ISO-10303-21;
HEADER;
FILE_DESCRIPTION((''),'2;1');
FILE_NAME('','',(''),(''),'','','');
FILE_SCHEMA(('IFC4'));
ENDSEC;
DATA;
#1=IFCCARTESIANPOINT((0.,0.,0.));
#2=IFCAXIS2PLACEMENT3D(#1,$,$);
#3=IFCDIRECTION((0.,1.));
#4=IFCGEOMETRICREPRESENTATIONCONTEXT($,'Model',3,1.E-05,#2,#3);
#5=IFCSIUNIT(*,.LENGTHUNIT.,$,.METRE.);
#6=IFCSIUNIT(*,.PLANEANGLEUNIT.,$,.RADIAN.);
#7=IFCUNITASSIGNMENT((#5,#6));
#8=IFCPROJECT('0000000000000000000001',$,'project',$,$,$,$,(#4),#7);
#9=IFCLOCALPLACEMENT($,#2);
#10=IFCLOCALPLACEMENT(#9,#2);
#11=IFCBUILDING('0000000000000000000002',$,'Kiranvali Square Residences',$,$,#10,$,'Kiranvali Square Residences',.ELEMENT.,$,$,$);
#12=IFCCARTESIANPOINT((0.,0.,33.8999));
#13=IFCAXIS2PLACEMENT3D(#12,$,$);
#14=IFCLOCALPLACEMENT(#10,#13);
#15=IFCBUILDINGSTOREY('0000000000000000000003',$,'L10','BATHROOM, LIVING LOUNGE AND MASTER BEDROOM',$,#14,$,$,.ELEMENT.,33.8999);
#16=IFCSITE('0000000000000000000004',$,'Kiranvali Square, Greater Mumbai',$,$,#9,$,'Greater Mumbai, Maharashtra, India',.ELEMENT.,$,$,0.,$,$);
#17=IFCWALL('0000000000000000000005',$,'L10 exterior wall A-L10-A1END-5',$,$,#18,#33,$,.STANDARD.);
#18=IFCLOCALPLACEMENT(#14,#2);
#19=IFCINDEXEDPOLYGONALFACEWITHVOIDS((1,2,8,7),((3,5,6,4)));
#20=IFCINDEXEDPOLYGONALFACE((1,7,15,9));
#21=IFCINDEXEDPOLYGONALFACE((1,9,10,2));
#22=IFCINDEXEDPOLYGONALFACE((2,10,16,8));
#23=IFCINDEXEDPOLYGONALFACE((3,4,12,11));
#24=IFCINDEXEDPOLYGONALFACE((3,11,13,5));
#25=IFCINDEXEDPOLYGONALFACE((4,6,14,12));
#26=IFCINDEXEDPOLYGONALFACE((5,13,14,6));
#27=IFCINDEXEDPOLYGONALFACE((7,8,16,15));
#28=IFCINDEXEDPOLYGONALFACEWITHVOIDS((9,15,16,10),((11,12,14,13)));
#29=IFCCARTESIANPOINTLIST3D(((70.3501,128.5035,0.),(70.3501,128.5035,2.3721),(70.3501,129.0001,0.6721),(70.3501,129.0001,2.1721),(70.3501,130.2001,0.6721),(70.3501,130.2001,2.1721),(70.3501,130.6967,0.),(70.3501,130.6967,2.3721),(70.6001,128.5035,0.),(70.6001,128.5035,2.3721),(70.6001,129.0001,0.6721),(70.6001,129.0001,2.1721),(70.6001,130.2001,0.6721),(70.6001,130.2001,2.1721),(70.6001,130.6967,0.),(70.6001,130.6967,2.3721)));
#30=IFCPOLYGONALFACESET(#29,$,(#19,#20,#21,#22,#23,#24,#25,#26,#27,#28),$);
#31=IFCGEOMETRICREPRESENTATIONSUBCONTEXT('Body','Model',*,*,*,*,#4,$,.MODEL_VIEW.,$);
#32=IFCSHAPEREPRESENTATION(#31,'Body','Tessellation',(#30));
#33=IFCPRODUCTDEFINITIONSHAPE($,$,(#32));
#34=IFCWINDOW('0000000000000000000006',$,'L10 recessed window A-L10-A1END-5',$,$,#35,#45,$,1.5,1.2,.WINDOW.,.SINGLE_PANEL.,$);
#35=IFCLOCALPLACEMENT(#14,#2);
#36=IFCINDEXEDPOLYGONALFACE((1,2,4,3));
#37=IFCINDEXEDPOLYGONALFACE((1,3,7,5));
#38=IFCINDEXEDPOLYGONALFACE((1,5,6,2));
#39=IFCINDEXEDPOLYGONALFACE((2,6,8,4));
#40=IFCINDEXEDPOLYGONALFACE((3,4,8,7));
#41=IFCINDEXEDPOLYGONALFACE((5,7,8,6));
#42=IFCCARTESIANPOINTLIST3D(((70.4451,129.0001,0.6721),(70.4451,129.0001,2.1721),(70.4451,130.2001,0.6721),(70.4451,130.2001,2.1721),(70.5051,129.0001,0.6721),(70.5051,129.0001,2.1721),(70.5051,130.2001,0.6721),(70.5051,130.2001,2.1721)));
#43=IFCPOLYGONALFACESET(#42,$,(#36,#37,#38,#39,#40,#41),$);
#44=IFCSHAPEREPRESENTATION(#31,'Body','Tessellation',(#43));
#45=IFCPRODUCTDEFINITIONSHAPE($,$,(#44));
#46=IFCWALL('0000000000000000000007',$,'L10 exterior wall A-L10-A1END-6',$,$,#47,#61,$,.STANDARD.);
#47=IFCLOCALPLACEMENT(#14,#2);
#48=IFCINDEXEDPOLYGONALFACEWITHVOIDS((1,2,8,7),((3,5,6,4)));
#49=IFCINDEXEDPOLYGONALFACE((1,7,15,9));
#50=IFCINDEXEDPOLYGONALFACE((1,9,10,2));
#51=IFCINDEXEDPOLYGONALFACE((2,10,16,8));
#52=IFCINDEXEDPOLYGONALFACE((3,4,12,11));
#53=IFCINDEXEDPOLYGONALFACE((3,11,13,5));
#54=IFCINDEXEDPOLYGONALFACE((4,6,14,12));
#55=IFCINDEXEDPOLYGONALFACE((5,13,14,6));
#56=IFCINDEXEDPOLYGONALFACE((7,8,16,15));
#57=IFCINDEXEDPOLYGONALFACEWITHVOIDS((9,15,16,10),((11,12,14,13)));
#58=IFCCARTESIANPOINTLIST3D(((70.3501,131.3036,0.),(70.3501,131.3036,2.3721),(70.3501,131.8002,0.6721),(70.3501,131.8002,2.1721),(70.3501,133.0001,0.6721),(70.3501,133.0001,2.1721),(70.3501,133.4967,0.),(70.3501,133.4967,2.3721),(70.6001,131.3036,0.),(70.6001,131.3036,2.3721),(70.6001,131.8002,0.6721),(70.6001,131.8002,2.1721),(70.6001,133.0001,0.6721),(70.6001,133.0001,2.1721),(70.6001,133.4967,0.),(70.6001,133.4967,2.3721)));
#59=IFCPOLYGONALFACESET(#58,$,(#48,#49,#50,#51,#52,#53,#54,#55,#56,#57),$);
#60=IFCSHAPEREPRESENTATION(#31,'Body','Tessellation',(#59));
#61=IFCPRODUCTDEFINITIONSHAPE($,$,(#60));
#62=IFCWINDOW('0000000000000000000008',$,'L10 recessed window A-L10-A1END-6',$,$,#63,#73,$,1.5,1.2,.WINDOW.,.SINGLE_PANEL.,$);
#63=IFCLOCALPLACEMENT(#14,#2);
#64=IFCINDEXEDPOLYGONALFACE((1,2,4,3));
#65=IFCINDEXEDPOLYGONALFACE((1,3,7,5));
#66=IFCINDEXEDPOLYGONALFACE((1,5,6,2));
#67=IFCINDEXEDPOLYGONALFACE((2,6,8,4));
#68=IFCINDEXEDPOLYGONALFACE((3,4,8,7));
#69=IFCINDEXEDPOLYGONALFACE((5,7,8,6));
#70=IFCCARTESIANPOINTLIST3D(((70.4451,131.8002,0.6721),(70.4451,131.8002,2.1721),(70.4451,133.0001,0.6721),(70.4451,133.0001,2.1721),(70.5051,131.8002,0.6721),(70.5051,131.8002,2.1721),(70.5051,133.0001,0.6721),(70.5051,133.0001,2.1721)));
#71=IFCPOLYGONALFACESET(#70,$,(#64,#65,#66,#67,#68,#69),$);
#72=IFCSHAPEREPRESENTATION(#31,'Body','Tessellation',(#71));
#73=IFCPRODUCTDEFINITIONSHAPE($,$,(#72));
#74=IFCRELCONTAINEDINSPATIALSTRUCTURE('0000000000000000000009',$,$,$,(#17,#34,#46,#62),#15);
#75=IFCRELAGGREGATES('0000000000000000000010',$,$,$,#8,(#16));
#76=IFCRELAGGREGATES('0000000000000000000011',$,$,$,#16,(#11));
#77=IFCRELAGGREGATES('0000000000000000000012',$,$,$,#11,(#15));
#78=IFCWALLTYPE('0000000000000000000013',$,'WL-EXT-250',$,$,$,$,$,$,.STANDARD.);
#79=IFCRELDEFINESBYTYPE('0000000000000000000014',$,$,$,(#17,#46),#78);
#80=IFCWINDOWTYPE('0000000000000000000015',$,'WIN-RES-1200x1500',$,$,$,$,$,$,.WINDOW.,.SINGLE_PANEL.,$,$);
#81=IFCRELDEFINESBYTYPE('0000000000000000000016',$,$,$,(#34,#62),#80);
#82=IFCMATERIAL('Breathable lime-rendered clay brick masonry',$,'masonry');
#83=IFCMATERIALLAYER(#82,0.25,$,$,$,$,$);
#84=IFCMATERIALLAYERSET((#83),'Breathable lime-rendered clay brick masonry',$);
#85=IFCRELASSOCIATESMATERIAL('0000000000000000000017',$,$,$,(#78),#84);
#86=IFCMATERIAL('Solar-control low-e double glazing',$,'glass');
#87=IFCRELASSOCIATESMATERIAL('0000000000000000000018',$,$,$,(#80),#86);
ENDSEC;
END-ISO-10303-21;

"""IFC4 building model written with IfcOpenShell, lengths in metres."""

from ifc_helpers import new_model, si_unit, direction, frame, frame_2d, origin, place, context, subcontext, project, spatial, rectangle, extrude, material, layer, layer_set, type_object, element, fill, save


model = new_model("IFC4")

# Units and contexts
model_context = context("Model", 3, precision=1e-05, world=origin(), true_north=direction((0.0, 1.0)))
body_context = subcontext(model_context, "Body", "Model", "MODEL_VIEW")
ifc_project = project(units=[si_unit("LENGTHUNIT", "METRE"), si_unit("PLANEANGLEUNIT", "RADIAN")], contexts=[model_context])

# Site, building, storey
site_placement = place(None, origin())
site = spatial("IfcSite", under=ifc_project, at=site_placement, Name="Kiranvali Square, Greater Mumbai", LongName="Greater Mumbai, Maharashtra, India", CompositionType="ELEMENT", RefElevation=0.0)
building_placement = place(site_placement, origin())
building = spatial("IfcBuilding", under=site, at=building_placement, Name="Kiranvali Square Residences", LongName="Kiranvali Square Residences", CompositionType="ELEMENT")
storey_placement = place(building_placement, frame((0.0, 0.0, 33.8999)))
storey = spatial("IfcBuildingStorey", under=building, at=storey_placement, Name="L10", Description="BATHROOM, LIVING LOUNGE AND MASTER BEDROOM", CompositionType="ELEMENT", Elevation=33.8999)

# Walls, openings, windows
ifc_material_1 = material(Name="Breathable lime-rendered clay brick masonry", Category="masonry")
ifc_layer = layer(ifc_material_1, 0.25)
ifc_layer_set = layer_set([ifc_layer], Name="Breathable lime-rendered clay brick masonry")
wall_type = type_object("IfcWallType", Name="WL-EXT-250", PredefinedType="STANDARD", material=ifc_layer_set)
ifc_material_2 = material(Name="Solar-control low-e double glazing", Category="glass")
window_type = type_object("IfcWindowType", Name="WIN-RES-1200x1500", PartitioningType="SINGLE_PANEL", PredefinedType="WINDOW", material=ifc_material_2)
wall_1_placement = place(storey_placement, frame((70.4751, 128.5034, 0.0), z_axis=(0.0, 0.0, 1.0), x_axis=(0.0, 1.0, 0.0)))
wall_1 = element("IfcWall", 1, at=wall_1_placement, inside=storey, type_object=wall_type, Name="L10 exterior wall A-L10-A1END-5", PredefinedType="STANDARD", context=body_context, shape_type="SweptSolid", body=[
    extrude(rectangle(XDim=2.1931, YDim=0.25, at=frame_2d((1.0967, 0.0))), origin(), (0.0, 0.0, 1.0), 2.3721),
])
opening_1_placement = place(wall_1_placement, frame((0.4966, 0.0, 0.6721)))
opening_1 = element("IfcOpeningElement", 2, at=opening_1_placement, cuts=wall_1, PredefinedType="OPENING", context=body_context, shape_type="SweptSolid", body=[
    extrude(rectangle(XDim=1.2, YDim=1.5, at=frame_2d((0.6001, 0.75))), frame((0.0, 0.135, 0.0), z_axis=(0.0, -1.0, 0.0), x_axis=(1.0, 0.0, 0.0)), (0.0, 0.0, 1.0), 0.27),
])
window_1_placement = place(opening_1_placement, origin())
window_1 = element("IfcWindow", 3, at=window_1_placement, inside=storey, type_object=window_type, Name="L10 recessed window A-L10-A1END-5", OverallHeight=1.5, OverallWidth=1.2, PartitioningType="SINGLE_PANEL", PredefinedType="WINDOW", context=body_context, shape_type="SweptSolid", body=[
    extrude(rectangle(XDim=1.2, YDim=1.5, at=frame_2d((0.6001, 0.75))), frame((0.0, 0.03, 0.0), z_axis=(0.0, -1.0, 0.0), x_axis=(1.0, 0.0, 0.0)), (0.0, 0.0, 1.0), 0.0601),
])
fill(opening_1, window_1)
wall_2_placement = place(storey_placement, frame((70.4751, 131.3035, 0.0), z_axis=(0.0, 0.0, 1.0), x_axis=(0.0, 1.0, 0.0)))
wall_2 = element("IfcWall", 4, at=wall_2_placement, inside=storey, type_object=wall_type, Name="L10 exterior wall A-L10-A1END-6", PredefinedType="STANDARD", context=body_context, shape_type="SweptSolid", body=[
    extrude(rectangle(XDim=2.1931, YDim=0.25, at=frame_2d((1.0967, 0.0))), origin(), (0.0, 0.0, 1.0), 2.3721),
])
opening_2_placement = place(wall_2_placement, frame((0.4966, 0.0, 0.6721)))
opening_2 = element("IfcOpeningElement", 5, at=opening_2_placement, cuts=wall_2, PredefinedType="OPENING", context=body_context, shape_type="SweptSolid", body=[
    extrude(rectangle(XDim=1.2, YDim=1.5, at=frame_2d((0.6001, 0.75))), frame((0.0, 0.135, 0.0), z_axis=(0.0, -1.0, 0.0), x_axis=(1.0, 0.0, 0.0)), (0.0, 0.0, 1.0), 0.27),
])
window_2_placement = place(opening_2_placement, origin())
window_2 = element("IfcWindow", 6, at=window_2_placement, inside=storey, type_object=window_type, Name="L10 recessed window A-L10-A1END-6", OverallHeight=1.5, OverallWidth=1.2, PartitioningType="SINGLE_PANEL", PredefinedType="WINDOW", context=body_context, shape_type="SweptSolid", body=[
    extrude(rectangle(XDim=1.2, YDim=1.5, at=frame_2d((0.6001, 0.75))), frame((0.0, 0.03, 0.0), z_axis=(0.0, -1.0, 0.0), x_axis=(1.0, 0.0, 0.0)), (0.0, 0.0, 1.0), 0.0601),
])
fill(opening_2, window_2)

save(model, "model.ifc")
